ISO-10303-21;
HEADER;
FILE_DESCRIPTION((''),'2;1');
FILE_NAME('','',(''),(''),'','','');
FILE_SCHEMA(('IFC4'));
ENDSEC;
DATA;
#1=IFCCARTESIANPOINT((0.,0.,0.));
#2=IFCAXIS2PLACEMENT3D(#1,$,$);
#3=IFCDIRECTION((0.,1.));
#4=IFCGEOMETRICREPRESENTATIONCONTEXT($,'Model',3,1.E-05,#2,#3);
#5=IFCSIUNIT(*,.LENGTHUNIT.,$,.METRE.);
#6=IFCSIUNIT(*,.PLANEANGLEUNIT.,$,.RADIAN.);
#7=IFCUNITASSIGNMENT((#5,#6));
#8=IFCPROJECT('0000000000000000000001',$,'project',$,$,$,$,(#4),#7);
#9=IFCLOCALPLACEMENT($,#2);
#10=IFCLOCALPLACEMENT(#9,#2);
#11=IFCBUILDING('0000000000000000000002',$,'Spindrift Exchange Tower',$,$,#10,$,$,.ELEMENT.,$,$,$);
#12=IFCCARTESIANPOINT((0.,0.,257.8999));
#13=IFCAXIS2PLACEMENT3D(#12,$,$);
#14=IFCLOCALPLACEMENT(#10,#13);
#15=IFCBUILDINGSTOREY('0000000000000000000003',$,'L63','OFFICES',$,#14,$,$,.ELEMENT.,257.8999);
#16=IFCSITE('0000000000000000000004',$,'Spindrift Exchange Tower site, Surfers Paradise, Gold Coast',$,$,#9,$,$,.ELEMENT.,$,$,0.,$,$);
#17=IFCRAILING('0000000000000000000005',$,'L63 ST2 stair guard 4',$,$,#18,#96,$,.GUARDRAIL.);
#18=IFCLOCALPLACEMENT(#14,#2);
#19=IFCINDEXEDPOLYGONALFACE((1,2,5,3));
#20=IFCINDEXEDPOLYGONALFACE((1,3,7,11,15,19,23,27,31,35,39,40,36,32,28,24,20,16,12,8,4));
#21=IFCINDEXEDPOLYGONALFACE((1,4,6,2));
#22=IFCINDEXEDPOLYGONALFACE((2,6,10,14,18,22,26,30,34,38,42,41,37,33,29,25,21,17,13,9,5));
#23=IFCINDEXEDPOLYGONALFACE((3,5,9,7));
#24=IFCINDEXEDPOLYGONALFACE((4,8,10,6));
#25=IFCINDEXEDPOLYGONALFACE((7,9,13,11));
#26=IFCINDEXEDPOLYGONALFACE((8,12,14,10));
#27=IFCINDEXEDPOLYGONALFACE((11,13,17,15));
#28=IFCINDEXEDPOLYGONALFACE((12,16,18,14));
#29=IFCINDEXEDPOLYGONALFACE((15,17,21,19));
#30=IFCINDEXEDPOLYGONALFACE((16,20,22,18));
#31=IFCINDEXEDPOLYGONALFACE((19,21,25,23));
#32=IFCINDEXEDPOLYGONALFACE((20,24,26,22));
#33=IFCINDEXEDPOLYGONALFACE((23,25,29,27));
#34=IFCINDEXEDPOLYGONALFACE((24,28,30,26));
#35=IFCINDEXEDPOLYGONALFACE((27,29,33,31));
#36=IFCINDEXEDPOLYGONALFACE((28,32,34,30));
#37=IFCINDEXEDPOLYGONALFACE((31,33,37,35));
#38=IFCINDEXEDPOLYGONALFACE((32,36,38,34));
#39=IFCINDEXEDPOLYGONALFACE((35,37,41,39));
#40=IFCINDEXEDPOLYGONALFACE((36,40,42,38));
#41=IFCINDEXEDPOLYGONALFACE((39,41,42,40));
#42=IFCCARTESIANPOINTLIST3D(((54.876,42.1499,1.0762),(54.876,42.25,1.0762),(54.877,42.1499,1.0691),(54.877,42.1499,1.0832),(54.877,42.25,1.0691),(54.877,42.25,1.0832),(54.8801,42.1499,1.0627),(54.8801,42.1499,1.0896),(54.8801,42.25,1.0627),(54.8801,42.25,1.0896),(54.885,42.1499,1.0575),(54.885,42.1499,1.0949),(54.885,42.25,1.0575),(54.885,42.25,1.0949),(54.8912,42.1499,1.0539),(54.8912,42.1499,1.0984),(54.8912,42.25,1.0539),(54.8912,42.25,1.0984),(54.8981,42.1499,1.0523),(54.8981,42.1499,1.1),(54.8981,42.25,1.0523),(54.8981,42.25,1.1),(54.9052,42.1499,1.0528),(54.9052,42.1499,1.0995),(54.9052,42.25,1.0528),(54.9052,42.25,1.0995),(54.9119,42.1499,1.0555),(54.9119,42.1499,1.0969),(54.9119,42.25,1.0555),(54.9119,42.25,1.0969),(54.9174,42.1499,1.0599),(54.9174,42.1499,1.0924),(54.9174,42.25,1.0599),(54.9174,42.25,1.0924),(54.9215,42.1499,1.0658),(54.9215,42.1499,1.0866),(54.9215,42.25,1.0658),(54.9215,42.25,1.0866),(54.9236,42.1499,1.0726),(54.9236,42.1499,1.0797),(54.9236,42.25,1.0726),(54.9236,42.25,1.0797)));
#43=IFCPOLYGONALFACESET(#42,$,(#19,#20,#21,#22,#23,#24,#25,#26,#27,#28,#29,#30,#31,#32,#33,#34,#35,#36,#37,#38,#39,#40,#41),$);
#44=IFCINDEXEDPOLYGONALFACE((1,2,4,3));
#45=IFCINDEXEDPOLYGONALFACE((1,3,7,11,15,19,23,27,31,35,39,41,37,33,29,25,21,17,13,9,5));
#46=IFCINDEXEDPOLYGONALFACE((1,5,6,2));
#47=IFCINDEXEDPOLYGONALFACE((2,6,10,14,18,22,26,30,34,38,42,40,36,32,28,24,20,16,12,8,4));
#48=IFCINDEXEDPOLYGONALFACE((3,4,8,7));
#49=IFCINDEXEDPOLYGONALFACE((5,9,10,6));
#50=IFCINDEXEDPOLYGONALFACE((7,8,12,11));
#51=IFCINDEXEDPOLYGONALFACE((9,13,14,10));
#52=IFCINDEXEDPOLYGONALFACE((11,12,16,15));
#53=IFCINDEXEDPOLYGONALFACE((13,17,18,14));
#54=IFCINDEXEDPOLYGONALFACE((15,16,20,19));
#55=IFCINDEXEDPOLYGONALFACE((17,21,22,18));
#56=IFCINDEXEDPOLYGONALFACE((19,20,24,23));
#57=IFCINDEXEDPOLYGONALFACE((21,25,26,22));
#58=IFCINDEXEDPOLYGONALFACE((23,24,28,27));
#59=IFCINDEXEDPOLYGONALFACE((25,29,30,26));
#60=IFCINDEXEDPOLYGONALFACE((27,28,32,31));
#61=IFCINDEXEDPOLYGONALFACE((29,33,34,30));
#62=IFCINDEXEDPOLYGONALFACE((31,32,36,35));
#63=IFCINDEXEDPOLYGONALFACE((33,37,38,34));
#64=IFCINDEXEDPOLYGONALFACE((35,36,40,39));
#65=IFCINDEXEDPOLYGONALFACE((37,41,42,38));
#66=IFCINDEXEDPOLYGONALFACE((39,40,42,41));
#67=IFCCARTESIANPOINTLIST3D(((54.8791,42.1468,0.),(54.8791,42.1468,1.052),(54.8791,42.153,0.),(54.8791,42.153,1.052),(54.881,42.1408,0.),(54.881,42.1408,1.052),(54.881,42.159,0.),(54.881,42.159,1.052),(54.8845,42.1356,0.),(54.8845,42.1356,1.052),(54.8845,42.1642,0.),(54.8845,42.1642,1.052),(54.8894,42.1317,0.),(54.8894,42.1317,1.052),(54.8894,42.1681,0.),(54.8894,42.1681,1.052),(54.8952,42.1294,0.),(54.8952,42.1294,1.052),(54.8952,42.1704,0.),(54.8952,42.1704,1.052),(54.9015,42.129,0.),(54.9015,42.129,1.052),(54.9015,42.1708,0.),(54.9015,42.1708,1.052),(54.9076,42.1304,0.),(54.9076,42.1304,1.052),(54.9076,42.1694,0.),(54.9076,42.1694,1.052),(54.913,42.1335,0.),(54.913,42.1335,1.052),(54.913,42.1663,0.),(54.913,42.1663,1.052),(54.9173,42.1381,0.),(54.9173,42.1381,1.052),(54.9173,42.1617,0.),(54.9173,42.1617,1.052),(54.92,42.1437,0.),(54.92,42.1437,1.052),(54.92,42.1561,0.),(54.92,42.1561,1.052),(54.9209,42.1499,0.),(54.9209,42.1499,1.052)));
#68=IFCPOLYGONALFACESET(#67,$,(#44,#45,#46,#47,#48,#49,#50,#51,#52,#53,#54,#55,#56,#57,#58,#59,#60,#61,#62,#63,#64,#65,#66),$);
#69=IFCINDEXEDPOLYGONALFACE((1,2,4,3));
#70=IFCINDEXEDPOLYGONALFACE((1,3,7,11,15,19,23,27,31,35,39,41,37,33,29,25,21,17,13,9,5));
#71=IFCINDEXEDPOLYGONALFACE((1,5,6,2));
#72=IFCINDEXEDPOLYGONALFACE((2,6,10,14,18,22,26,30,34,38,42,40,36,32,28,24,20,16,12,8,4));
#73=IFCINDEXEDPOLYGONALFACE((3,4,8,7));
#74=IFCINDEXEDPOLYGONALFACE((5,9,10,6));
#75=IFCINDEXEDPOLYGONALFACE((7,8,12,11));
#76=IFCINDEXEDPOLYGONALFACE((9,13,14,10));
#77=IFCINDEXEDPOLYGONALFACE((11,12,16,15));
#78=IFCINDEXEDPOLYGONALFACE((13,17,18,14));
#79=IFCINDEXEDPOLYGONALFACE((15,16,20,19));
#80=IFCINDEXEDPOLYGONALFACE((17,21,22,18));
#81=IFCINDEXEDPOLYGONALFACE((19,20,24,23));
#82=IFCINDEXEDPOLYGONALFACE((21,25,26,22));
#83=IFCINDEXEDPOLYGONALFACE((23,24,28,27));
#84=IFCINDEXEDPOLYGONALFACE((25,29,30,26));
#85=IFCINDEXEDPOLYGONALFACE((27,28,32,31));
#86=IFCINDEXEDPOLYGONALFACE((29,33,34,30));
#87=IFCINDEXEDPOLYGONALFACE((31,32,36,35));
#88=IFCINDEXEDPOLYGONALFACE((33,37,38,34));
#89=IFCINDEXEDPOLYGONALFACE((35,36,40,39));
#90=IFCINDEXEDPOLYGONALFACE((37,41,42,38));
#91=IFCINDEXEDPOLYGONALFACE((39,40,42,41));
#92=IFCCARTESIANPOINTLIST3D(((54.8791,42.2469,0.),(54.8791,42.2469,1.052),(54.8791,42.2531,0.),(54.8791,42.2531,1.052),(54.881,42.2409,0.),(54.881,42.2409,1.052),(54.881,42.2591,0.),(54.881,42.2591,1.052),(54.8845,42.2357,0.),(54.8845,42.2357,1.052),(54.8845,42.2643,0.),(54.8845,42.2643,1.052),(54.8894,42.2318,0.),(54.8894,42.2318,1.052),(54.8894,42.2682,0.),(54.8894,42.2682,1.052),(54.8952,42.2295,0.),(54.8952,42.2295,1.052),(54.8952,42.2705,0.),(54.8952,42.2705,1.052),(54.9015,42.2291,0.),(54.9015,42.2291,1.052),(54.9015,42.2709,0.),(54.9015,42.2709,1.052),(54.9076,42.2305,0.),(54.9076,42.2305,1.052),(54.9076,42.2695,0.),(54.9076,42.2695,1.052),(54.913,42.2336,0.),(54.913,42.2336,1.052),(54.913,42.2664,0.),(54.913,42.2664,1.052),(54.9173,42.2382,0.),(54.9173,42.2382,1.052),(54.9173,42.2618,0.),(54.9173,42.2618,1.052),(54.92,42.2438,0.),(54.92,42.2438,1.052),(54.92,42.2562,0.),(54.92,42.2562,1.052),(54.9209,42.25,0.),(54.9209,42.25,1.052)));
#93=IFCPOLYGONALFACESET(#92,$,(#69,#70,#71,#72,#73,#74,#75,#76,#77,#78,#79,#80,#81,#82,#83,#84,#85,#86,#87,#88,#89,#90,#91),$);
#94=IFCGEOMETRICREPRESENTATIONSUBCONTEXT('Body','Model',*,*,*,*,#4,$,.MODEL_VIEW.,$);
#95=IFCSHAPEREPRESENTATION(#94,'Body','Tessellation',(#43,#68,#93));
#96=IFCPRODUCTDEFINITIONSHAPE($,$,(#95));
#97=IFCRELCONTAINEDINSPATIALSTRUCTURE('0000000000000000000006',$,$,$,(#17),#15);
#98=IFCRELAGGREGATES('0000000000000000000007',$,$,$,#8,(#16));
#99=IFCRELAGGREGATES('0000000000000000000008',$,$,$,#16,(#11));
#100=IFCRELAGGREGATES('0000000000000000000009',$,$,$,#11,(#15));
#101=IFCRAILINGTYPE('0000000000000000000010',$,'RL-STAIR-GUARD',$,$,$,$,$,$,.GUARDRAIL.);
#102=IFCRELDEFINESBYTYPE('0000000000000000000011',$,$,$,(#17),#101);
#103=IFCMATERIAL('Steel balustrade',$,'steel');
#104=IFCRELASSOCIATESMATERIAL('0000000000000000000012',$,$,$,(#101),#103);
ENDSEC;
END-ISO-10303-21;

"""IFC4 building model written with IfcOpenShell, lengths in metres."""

from ifc_helpers import new_model, si_unit, direction, frame, origin, origin_2d, place, context, subcontext, project, spatial, circle, extrude, material, type_object, element, save


model = new_model("IFC4")

# Units and contexts
model_context = context("Model", 3, precision=1e-05, world=origin(), true_north=direction((0.0, 1.0)))
body_context = subcontext(model_context, "Body", "Model", "MODEL_VIEW")
ifc_project = project(units=[si_unit("LENGTHUNIT", "METRE"), si_unit("PLANEANGLEUNIT", "RADIAN")], contexts=[model_context])

# Site, building, storey
site_placement = place(None, origin())
site = spatial("IfcSite", under=ifc_project, at=site_placement, Name="Spindrift Exchange Tower site, Surfers Paradise, Gold Coast", CompositionType="ELEMENT", RefElevation=0.0)
building_placement = place(site_placement, origin())
building = spatial("IfcBuilding", under=site, at=building_placement, Name="Spindrift Exchange Tower", CompositionType="ELEMENT")
storey_placement = place(building_placement, frame((0.0, 0.0, 257.8999)))
storey = spatial("IfcBuildingStorey", under=building, at=storey_placement, Name="L63", Description="OFFICES", CompositionType="ELEMENT", Elevation=257.8999)

# Railing
ifc_material_1 = material(Name="Steel balustrade", Category="steel")
railing_type_1 = type_object("IfcRailingType", Name="RL-STAIR-GUARD", PredefinedType="GUARDRAIL", material=ifc_material_1)
railing_1_placement = place(storey_placement, frame((54.8999, 42.1499, 0.0)))
element("IfcRailing", 1, at=railing_1_placement, inside=storey, type_object=railing_type_1, Name="L63 ST2 stair guard 4", PredefinedType="GUARDRAIL", context=body_context, shape_type="SweptSolid", body=[
    extrude(circle(Radius=0.0239, at=origin_2d()), frame((0.0, 0.0, 1.0762), z_axis=(0.0, 1.0, 0.0), x_axis=(-1.0, 0.0, 0.0)), (0.0, 0.0, 1.0), 0.1001),
    extrude(circle(Radius=0.021, at=origin_2d()), origin(), (0.0, 0.0, 1.0), 1.052),
    extrude(circle(Radius=0.021, at=origin_2d()), frame((0.0, 0.1001, 0.0)), (0.0, 0.0, 1.0), 1.052),
])

save(model, "model.ifc")
